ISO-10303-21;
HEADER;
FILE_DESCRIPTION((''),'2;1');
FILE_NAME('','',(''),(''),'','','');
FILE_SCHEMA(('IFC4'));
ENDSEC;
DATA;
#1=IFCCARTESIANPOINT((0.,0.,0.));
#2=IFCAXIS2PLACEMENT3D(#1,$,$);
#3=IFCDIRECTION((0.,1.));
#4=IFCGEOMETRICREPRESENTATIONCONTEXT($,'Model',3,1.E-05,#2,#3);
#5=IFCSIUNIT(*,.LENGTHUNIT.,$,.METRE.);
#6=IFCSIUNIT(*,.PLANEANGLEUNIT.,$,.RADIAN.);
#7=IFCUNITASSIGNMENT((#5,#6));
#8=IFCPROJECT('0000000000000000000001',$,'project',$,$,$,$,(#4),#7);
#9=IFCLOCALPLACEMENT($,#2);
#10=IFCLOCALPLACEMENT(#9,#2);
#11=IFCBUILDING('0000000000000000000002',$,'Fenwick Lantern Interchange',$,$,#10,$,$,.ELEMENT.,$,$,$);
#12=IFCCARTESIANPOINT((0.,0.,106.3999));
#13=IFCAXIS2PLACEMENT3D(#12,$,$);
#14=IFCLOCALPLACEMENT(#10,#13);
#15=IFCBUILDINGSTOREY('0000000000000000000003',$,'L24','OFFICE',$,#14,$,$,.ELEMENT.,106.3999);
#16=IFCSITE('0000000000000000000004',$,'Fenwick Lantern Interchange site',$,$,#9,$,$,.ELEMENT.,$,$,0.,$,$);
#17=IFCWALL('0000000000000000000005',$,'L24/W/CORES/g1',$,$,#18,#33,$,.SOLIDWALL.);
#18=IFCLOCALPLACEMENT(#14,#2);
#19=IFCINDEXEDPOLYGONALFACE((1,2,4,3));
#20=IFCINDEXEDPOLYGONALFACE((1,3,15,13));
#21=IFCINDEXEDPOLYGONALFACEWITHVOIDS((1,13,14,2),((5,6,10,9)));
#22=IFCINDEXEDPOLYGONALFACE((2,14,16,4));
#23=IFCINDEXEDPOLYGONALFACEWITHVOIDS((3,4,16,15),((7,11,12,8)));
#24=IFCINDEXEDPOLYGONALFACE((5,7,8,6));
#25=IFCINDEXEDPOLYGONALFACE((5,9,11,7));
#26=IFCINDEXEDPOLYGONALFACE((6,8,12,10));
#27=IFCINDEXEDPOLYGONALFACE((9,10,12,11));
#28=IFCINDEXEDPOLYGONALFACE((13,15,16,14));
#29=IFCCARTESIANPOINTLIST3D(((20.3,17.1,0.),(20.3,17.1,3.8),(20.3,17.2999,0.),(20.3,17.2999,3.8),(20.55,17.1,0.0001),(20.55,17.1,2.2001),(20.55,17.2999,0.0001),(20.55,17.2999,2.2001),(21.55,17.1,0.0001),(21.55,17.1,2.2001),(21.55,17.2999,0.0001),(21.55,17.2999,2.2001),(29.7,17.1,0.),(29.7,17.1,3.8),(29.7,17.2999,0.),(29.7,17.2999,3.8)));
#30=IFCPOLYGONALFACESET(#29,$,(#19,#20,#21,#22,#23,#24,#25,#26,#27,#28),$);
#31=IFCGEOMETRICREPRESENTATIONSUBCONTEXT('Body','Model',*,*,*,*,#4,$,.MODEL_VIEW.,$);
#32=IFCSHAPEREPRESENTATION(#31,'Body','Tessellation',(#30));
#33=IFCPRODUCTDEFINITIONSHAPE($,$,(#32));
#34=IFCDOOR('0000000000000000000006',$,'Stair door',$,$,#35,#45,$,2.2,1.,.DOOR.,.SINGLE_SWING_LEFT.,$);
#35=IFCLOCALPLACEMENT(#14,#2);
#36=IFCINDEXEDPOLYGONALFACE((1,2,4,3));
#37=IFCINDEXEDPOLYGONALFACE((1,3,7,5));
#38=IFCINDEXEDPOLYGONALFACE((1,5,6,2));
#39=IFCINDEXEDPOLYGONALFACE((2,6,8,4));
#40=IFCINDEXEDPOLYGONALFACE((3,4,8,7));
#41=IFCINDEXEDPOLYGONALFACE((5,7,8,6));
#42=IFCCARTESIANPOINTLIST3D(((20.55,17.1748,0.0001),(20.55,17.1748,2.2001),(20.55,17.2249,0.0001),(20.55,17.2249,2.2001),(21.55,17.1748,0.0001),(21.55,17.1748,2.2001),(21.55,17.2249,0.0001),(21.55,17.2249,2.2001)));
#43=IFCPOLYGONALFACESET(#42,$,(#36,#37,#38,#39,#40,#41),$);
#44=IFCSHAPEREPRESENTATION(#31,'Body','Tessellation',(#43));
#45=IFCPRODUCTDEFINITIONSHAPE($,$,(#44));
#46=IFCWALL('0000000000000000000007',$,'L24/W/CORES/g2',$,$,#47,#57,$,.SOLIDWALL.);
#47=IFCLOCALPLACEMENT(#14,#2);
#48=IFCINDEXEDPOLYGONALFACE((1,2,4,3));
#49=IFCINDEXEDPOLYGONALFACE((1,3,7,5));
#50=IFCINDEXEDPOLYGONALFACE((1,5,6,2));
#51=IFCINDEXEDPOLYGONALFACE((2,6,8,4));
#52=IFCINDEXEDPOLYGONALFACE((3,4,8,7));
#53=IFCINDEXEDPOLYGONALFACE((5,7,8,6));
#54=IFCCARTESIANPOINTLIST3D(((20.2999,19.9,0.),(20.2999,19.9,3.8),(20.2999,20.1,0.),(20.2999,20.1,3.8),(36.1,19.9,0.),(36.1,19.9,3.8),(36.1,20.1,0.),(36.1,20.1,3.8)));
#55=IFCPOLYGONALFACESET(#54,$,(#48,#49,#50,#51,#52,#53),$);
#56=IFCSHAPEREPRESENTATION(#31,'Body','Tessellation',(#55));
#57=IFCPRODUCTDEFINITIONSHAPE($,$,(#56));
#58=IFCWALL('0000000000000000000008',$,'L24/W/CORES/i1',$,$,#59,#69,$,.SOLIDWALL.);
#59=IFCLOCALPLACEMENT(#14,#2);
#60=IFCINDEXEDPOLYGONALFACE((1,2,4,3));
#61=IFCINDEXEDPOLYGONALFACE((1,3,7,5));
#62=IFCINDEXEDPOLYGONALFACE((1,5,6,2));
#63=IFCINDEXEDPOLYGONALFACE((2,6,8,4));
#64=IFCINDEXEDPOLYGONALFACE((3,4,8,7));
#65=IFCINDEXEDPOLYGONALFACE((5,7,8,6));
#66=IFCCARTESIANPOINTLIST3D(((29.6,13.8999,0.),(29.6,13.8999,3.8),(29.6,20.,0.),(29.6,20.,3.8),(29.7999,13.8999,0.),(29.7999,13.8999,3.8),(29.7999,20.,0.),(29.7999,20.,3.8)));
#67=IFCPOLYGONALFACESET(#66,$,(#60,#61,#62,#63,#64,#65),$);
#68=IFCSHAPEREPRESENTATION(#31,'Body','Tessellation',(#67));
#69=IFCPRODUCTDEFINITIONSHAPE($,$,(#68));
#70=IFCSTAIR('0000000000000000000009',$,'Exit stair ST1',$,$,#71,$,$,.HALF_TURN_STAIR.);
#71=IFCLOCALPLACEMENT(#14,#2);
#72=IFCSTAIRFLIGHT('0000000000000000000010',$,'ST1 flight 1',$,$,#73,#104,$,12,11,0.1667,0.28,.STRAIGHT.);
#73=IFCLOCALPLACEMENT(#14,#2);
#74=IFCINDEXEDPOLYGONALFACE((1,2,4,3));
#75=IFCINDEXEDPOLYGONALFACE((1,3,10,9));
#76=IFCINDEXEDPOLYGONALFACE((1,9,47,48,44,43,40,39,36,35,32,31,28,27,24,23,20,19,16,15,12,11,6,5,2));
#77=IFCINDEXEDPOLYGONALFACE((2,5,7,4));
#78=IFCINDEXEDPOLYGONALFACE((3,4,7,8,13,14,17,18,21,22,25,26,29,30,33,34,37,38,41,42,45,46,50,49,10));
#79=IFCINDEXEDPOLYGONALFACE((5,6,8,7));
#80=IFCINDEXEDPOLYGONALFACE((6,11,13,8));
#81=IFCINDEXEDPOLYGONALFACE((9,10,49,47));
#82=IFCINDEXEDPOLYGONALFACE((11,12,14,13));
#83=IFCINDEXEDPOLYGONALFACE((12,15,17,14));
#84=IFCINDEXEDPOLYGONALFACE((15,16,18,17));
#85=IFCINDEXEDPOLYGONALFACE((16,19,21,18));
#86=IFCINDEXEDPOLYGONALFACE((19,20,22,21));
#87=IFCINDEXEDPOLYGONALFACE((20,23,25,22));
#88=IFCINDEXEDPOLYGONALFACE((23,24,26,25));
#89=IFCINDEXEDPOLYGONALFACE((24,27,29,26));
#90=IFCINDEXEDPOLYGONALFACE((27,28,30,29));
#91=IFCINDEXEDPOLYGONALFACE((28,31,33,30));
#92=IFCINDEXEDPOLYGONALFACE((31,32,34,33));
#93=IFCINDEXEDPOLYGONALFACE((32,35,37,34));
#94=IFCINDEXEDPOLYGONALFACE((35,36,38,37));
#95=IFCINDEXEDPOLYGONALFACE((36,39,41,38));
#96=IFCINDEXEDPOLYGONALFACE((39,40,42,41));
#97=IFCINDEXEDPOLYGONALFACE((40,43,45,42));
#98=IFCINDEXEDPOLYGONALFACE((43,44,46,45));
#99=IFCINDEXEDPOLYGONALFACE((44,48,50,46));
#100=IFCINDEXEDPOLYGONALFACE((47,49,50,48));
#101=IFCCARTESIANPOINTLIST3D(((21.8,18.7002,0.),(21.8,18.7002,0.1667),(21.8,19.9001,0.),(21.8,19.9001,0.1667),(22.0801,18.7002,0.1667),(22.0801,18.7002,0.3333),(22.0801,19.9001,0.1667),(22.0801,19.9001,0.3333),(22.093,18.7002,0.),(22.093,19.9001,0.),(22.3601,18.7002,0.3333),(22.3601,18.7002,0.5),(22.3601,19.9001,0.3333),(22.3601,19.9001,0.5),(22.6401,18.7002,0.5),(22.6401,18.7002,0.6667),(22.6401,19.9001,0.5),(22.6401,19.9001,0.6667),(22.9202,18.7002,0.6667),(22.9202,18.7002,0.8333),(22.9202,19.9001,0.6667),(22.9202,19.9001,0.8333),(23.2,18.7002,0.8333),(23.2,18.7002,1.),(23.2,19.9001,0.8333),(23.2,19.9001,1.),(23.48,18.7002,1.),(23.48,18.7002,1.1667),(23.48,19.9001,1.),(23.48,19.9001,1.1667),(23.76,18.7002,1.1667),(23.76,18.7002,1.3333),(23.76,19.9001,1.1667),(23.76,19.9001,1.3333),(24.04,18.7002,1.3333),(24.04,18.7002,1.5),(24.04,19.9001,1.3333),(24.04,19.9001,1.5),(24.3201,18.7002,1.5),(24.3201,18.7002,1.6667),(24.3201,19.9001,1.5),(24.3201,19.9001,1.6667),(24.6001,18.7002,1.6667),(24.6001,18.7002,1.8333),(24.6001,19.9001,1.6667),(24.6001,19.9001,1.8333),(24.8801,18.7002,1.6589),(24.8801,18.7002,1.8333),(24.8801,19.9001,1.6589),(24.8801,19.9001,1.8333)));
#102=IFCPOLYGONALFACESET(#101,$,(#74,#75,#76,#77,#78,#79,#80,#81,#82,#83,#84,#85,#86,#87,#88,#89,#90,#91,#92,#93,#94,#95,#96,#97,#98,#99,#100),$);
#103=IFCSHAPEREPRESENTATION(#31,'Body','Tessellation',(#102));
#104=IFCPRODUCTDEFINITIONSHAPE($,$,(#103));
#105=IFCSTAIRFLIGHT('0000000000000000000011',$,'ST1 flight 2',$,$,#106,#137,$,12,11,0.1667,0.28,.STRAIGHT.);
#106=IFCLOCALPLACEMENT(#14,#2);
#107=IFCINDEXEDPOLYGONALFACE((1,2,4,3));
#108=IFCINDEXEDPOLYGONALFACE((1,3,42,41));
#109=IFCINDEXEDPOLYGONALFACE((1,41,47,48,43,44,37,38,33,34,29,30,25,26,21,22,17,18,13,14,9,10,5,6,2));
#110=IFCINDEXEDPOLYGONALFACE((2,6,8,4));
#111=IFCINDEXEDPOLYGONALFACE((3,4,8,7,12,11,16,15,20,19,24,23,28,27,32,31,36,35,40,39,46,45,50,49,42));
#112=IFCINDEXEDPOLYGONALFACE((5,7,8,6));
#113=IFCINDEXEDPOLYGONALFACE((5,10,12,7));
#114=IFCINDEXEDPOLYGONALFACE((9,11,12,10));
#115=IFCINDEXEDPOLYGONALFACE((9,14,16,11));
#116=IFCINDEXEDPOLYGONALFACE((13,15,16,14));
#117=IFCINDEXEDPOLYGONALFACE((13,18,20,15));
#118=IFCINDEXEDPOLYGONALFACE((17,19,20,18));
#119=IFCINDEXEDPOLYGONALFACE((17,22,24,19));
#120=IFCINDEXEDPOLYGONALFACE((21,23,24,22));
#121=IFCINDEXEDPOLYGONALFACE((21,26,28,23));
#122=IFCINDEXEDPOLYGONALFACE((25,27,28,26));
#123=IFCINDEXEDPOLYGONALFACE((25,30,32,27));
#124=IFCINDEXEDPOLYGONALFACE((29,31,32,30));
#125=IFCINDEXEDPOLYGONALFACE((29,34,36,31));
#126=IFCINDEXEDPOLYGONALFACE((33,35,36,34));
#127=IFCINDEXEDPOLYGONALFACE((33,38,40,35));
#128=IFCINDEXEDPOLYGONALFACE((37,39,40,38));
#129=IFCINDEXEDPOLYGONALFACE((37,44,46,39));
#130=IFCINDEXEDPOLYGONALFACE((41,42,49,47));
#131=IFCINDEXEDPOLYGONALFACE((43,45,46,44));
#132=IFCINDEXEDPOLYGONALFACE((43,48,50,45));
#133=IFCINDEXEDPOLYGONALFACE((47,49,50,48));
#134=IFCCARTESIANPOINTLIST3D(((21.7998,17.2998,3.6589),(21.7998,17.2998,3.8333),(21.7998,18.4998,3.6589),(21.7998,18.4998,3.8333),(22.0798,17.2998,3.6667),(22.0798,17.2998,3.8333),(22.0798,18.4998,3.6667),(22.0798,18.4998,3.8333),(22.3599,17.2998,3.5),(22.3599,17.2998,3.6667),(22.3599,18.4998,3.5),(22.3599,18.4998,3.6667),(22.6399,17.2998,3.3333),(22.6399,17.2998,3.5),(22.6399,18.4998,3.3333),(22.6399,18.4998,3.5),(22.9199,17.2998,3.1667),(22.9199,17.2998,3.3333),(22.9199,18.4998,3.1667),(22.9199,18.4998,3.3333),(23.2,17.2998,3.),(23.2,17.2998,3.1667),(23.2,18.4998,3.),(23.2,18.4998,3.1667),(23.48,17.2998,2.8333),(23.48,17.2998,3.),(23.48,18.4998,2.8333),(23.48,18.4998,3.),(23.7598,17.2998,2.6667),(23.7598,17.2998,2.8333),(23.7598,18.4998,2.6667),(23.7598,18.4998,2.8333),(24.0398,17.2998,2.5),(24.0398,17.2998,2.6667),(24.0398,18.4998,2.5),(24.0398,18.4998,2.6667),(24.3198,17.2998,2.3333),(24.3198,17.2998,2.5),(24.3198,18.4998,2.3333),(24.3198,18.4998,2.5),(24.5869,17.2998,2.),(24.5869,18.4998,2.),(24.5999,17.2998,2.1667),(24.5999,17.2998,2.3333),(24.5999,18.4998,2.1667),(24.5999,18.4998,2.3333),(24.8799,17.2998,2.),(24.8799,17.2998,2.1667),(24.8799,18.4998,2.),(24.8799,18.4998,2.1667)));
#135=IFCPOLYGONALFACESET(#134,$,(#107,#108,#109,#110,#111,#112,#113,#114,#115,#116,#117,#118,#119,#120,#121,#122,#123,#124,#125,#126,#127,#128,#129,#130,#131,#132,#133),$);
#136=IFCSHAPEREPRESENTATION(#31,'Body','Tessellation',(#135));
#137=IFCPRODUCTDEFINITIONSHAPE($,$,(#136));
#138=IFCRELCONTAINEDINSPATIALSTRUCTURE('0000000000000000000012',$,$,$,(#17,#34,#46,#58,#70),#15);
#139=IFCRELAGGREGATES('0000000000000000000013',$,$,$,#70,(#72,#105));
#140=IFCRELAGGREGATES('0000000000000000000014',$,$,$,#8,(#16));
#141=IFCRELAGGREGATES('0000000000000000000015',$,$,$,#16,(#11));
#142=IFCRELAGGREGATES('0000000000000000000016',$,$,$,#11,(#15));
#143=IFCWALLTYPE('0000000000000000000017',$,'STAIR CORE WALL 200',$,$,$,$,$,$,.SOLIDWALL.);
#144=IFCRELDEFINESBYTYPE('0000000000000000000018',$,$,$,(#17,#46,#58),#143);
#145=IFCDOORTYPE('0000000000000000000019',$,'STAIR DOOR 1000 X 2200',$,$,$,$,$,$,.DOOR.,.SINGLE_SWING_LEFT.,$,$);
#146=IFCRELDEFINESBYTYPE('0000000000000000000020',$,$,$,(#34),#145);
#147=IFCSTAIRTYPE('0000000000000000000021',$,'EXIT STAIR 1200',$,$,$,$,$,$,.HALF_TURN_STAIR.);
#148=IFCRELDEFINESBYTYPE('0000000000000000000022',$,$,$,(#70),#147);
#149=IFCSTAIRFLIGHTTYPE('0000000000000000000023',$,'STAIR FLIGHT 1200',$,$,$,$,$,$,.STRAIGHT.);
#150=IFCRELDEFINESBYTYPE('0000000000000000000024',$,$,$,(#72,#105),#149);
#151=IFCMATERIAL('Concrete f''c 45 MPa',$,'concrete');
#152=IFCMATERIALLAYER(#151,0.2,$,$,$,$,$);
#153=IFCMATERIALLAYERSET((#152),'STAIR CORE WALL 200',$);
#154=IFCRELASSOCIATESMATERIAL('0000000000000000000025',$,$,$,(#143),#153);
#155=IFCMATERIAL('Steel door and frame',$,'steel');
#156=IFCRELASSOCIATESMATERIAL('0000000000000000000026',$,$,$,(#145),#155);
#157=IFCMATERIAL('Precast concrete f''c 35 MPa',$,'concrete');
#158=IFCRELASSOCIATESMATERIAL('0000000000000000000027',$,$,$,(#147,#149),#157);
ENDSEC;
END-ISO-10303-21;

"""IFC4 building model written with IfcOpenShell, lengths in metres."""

from ifc_helpers import new_model, si_unit, direction, frame, frame_2d, origin, place, context, subcontext, project, spatial, polyline, rectangle, outline, extrude, material, layer, layer_set, type_object, element, fill, aggregate, save


model = new_model("IFC4")

# Units and contexts
model_context = context("Model", 3, precision=1e-05, world=origin(), true_north=direction((0.0, 1.0)))
body_context = subcontext(model_context, "Body", "Model", "MODEL_VIEW")
ifc_project = project(units=[si_unit("LENGTHUNIT", "METRE"), si_unit("PLANEANGLEUNIT", "RADIAN")], contexts=[model_context])

# Site, building, storey
site_placement = place(None, origin())
site = spatial("IfcSite", under=ifc_project, at=site_placement, Name="Fenwick Lantern Interchange site", CompositionType="ELEMENT", RefElevation=0.0)
building_placement = place(site_placement, origin())
building = spatial("IfcBuilding", under=site, at=building_placement, Name="Fenwick Lantern Interchange", CompositionType="ELEMENT")
storey_placement = place(building_placement, frame((0.0, 0.0, 106.3999)))
storey = spatial("IfcBuildingStorey", under=building, at=storey_placement, Name="L24", Description="OFFICE", CompositionType="ELEMENT", Elevation=106.3999)

# Shared definitions
ifc_material_1 = material(Name="Steel door and frame", Category="steel")

# Shared definitions
ifc_material_2 = material(Name="Concrete f'c 45 MPa", Category="concrete")
ifc_layer_1 = layer(ifc_material_2, 0.2)
ifc_layer_set_1 = layer_set([ifc_layer_1], Name="STAIR CORE WALL 200")
wall_type_1 = type_object("IfcWallType", Name="STAIR CORE WALL 200", PredefinedType="SOLIDWALL", material=ifc_layer_set_1)

# Wall, opening, door
wall_1_placement = place(storey_placement, frame((20.3, 17.2, 0.0), z_axis=(0.0, 0.0, 1.0), x_axis=(1.0, 0.0, 0.0)))
wall_1 = element("IfcWall", 1, at=wall_1_placement, inside=storey, type_object=wall_type_1, Name="L24/W/CORES/g1", PredefinedType="SOLIDWALL", context=body_context, shape_type="SweptSolid", body=[
    extrude(rectangle(XDim=9.3999, YDim=0.2, at=frame_2d((4.7, 0.0))), origin(), (0.0, 0.0, 1.0), 3.8),
])
opening_1_placement = place(wall_1_placement, frame((0.25, 0.0, 0.0)))
opening_1 = element("IfcOpeningElement", 2, at=opening_1_placement, cuts=wall_1, PredefinedType="OPENING", context=body_context, shape_type="SweptSolid", body=[
    extrude(rectangle(XDim=1.0, YDim=2.2, at=frame_2d((0.5, 1.1001))), frame((0.0, 0.1099, 0.0), z_axis=(0.0, -1.0, 0.0), x_axis=(1.0, 0.0, 0.0)), (0.0, 0.0, 1.0), 0.22),
])
door_type_1 = type_object("IfcDoorType", Name="STAIR DOOR 1000 X 2200", OperationType="SINGLE_SWING_LEFT", PredefinedType="DOOR", material=ifc_material_1)
door_1_placement = place(opening_1_placement, origin())
door_1 = element("IfcDoor", 3, at=door_1_placement, inside=storey, type_object=door_type_1, Name="Stair door", OperationType="SINGLE_SWING_LEFT", OverallHeight=2.2, OverallWidth=1.0, PredefinedType="DOOR", context=body_context, shape_type="SweptSolid", body=[
    extrude(rectangle(XDim=1.0, YDim=2.2, at=frame_2d((0.5, 1.1001))), frame((0.0, 0.0249, 0.0), z_axis=(0.0, -1.0, 0.0), x_axis=(1.0, 0.0, 0.0)), (0.0, 0.0, 1.0), 0.05),
])
fill(opening_1, door_1)

# Walls
wall_2_placement = place(storey_placement, frame((20.3, 20.0, 0.0), z_axis=(0.0, 0.0, 1.0), x_axis=(1.0, 0.0, 0.0)))
element("IfcWall", 4, at=wall_2_placement, inside=storey, type_object=wall_type_1, Name="L24/W/CORES/g2", PredefinedType="SOLIDWALL", context=body_context, shape_type="SweptSolid", body=[
    extrude(rectangle(XDim=15.8, YDim=0.2, at=frame_2d((7.8999, 0.0))), origin(), (0.0, 0.0, 1.0), 3.8),
])
wall_3_placement = place(storey_placement, frame((29.7, 13.8999, 0.0), z_axis=(0.0, 0.0, 1.0), x_axis=(0.0, 1.0, 0.0)))
element("IfcWall", 5, at=wall_3_placement, inside=storey, type_object=wall_type_1, Name="L24/W/CORES/i1", PredefinedType="SOLIDWALL", context=body_context, shape_type="SweptSolid", body=[
    extrude(rectangle(XDim=6.1001, YDim=0.2, at=frame_2d((3.05, 0.0))), origin(), (0.0, 0.0, 1.0), 3.8),
])

# Stair, stair flights
ifc_material_3 = material(Name="Precast concrete f'c 35 MPa", Category="concrete")
stair_type = type_object("IfcStairType", Name="EXIT STAIR 1200", PredefinedType="HALF_TURN_STAIR", material=ifc_material_3)
stair_placement = place(storey_placement, origin())
stair = element("IfcStair", 6, at=stair_placement, inside=storey, type_object=stair_type, Name="Exit stair ST1", PredefinedType="HALF_TURN_STAIR")
stair_flight_type = type_object("IfcStairFlightType", Name="STAIR FLIGHT 1200", PredefinedType="STRAIGHT", material=ifc_material_3)
stair_flight_1_placement = place(storey_placement, frame((21.8, 19.3, 0.0), z_axis=(0.0, 0.0, 1.0), x_axis=(1.0, 0.0, 0.0)))
stair_flight_1 = element("IfcStairFlight", 7, at=stair_flight_1_placement, type_object=stair_flight_type, Name="ST1 flight 1", NumberOfRisers=12, NumberOfTreads=11, PredefinedType="STRAIGHT", RiserHeight=0.1667, TreadLength=0.28, context=body_context, shape_type="SweptSolid", body=[
    extrude(outline(polyline([(0.0, 0.0), (0.0, 0.1667), (0.28, 0.1667), (0.28, 0.3333), (0.5601, 0.3333), (0.5601, 0.5), (0.8401, 0.5), (0.8401, 0.6667), (1.1201, 0.6667), (1.1201, 0.8333), (1.3999, 0.8333), (1.3999, 1.0), (1.6799, 1.0), (1.6799, 1.1667), (1.96, 1.1667), (1.96, 1.3333), (2.24, 1.3333), (2.24, 1.5), (2.52, 1.5), (2.52, 1.6667), (2.8, 1.6667), (2.8, 1.8333), (3.0801, 1.8333), (3.0801, 2.0), (3.0801, 1.6589), (0.293, 0.0), (0.0, 0.0)])), frame((0.0, 0.6001, 0.0), z_axis=(0.0, -1.0, 0.0), x_axis=(1.0, 0.0, 0.0)), (0.0, 0.0, 1.0), 1.2),
])
stair_flight_2_placement = place(storey_placement, frame((24.8799, 17.8999, 2.0), z_axis=(0.0, 0.0, 1.0), x_axis=(-1.0, 0.0, 0.0)))
stair_flight_2 = element("IfcStairFlight", 8, at=stair_flight_2_placement, type_object=stair_flight_type, Name="ST1 flight 2", NumberOfRisers=12, NumberOfTreads=11, PredefinedType="STRAIGHT", RiserHeight=0.1667, TreadLength=0.28, context=body_context, shape_type="SweptSolid", body=[
    extrude(outline(polyline([(0.0, 0.0), (0.0, 0.1667), (0.28, 0.1667), (0.28, 0.3333), (0.5601, 0.3333), (0.5601, 0.5), (0.8401, 0.5), (0.8401, 0.6667), (1.1201, 0.6667), (1.1201, 0.8333), (1.3999, 0.8333), (1.3999, 1.0), (1.6799, 1.0), (1.6799, 1.1667), (1.96, 1.1667), (1.96, 1.3333), (2.24, 1.3333), (2.24, 1.5), (2.52, 1.5), (2.52, 1.6667), (2.8, 1.6667), (2.8, 1.8333), (3.0801, 1.8333), (3.0801, 2.0), (3.0801, 1.6589), (0.293, 0.0), (0.0, 0.0)])), frame((0.0, 0.6001, 0.0), z_axis=(0.0, -1.0, 0.0), x_axis=(1.0, 0.0, 0.0)), (0.0, 0.0, 1.0), 1.2),
])
aggregate(stair, [stair_flight_1, stair_flight_2])

save(model, "model.ifc")
